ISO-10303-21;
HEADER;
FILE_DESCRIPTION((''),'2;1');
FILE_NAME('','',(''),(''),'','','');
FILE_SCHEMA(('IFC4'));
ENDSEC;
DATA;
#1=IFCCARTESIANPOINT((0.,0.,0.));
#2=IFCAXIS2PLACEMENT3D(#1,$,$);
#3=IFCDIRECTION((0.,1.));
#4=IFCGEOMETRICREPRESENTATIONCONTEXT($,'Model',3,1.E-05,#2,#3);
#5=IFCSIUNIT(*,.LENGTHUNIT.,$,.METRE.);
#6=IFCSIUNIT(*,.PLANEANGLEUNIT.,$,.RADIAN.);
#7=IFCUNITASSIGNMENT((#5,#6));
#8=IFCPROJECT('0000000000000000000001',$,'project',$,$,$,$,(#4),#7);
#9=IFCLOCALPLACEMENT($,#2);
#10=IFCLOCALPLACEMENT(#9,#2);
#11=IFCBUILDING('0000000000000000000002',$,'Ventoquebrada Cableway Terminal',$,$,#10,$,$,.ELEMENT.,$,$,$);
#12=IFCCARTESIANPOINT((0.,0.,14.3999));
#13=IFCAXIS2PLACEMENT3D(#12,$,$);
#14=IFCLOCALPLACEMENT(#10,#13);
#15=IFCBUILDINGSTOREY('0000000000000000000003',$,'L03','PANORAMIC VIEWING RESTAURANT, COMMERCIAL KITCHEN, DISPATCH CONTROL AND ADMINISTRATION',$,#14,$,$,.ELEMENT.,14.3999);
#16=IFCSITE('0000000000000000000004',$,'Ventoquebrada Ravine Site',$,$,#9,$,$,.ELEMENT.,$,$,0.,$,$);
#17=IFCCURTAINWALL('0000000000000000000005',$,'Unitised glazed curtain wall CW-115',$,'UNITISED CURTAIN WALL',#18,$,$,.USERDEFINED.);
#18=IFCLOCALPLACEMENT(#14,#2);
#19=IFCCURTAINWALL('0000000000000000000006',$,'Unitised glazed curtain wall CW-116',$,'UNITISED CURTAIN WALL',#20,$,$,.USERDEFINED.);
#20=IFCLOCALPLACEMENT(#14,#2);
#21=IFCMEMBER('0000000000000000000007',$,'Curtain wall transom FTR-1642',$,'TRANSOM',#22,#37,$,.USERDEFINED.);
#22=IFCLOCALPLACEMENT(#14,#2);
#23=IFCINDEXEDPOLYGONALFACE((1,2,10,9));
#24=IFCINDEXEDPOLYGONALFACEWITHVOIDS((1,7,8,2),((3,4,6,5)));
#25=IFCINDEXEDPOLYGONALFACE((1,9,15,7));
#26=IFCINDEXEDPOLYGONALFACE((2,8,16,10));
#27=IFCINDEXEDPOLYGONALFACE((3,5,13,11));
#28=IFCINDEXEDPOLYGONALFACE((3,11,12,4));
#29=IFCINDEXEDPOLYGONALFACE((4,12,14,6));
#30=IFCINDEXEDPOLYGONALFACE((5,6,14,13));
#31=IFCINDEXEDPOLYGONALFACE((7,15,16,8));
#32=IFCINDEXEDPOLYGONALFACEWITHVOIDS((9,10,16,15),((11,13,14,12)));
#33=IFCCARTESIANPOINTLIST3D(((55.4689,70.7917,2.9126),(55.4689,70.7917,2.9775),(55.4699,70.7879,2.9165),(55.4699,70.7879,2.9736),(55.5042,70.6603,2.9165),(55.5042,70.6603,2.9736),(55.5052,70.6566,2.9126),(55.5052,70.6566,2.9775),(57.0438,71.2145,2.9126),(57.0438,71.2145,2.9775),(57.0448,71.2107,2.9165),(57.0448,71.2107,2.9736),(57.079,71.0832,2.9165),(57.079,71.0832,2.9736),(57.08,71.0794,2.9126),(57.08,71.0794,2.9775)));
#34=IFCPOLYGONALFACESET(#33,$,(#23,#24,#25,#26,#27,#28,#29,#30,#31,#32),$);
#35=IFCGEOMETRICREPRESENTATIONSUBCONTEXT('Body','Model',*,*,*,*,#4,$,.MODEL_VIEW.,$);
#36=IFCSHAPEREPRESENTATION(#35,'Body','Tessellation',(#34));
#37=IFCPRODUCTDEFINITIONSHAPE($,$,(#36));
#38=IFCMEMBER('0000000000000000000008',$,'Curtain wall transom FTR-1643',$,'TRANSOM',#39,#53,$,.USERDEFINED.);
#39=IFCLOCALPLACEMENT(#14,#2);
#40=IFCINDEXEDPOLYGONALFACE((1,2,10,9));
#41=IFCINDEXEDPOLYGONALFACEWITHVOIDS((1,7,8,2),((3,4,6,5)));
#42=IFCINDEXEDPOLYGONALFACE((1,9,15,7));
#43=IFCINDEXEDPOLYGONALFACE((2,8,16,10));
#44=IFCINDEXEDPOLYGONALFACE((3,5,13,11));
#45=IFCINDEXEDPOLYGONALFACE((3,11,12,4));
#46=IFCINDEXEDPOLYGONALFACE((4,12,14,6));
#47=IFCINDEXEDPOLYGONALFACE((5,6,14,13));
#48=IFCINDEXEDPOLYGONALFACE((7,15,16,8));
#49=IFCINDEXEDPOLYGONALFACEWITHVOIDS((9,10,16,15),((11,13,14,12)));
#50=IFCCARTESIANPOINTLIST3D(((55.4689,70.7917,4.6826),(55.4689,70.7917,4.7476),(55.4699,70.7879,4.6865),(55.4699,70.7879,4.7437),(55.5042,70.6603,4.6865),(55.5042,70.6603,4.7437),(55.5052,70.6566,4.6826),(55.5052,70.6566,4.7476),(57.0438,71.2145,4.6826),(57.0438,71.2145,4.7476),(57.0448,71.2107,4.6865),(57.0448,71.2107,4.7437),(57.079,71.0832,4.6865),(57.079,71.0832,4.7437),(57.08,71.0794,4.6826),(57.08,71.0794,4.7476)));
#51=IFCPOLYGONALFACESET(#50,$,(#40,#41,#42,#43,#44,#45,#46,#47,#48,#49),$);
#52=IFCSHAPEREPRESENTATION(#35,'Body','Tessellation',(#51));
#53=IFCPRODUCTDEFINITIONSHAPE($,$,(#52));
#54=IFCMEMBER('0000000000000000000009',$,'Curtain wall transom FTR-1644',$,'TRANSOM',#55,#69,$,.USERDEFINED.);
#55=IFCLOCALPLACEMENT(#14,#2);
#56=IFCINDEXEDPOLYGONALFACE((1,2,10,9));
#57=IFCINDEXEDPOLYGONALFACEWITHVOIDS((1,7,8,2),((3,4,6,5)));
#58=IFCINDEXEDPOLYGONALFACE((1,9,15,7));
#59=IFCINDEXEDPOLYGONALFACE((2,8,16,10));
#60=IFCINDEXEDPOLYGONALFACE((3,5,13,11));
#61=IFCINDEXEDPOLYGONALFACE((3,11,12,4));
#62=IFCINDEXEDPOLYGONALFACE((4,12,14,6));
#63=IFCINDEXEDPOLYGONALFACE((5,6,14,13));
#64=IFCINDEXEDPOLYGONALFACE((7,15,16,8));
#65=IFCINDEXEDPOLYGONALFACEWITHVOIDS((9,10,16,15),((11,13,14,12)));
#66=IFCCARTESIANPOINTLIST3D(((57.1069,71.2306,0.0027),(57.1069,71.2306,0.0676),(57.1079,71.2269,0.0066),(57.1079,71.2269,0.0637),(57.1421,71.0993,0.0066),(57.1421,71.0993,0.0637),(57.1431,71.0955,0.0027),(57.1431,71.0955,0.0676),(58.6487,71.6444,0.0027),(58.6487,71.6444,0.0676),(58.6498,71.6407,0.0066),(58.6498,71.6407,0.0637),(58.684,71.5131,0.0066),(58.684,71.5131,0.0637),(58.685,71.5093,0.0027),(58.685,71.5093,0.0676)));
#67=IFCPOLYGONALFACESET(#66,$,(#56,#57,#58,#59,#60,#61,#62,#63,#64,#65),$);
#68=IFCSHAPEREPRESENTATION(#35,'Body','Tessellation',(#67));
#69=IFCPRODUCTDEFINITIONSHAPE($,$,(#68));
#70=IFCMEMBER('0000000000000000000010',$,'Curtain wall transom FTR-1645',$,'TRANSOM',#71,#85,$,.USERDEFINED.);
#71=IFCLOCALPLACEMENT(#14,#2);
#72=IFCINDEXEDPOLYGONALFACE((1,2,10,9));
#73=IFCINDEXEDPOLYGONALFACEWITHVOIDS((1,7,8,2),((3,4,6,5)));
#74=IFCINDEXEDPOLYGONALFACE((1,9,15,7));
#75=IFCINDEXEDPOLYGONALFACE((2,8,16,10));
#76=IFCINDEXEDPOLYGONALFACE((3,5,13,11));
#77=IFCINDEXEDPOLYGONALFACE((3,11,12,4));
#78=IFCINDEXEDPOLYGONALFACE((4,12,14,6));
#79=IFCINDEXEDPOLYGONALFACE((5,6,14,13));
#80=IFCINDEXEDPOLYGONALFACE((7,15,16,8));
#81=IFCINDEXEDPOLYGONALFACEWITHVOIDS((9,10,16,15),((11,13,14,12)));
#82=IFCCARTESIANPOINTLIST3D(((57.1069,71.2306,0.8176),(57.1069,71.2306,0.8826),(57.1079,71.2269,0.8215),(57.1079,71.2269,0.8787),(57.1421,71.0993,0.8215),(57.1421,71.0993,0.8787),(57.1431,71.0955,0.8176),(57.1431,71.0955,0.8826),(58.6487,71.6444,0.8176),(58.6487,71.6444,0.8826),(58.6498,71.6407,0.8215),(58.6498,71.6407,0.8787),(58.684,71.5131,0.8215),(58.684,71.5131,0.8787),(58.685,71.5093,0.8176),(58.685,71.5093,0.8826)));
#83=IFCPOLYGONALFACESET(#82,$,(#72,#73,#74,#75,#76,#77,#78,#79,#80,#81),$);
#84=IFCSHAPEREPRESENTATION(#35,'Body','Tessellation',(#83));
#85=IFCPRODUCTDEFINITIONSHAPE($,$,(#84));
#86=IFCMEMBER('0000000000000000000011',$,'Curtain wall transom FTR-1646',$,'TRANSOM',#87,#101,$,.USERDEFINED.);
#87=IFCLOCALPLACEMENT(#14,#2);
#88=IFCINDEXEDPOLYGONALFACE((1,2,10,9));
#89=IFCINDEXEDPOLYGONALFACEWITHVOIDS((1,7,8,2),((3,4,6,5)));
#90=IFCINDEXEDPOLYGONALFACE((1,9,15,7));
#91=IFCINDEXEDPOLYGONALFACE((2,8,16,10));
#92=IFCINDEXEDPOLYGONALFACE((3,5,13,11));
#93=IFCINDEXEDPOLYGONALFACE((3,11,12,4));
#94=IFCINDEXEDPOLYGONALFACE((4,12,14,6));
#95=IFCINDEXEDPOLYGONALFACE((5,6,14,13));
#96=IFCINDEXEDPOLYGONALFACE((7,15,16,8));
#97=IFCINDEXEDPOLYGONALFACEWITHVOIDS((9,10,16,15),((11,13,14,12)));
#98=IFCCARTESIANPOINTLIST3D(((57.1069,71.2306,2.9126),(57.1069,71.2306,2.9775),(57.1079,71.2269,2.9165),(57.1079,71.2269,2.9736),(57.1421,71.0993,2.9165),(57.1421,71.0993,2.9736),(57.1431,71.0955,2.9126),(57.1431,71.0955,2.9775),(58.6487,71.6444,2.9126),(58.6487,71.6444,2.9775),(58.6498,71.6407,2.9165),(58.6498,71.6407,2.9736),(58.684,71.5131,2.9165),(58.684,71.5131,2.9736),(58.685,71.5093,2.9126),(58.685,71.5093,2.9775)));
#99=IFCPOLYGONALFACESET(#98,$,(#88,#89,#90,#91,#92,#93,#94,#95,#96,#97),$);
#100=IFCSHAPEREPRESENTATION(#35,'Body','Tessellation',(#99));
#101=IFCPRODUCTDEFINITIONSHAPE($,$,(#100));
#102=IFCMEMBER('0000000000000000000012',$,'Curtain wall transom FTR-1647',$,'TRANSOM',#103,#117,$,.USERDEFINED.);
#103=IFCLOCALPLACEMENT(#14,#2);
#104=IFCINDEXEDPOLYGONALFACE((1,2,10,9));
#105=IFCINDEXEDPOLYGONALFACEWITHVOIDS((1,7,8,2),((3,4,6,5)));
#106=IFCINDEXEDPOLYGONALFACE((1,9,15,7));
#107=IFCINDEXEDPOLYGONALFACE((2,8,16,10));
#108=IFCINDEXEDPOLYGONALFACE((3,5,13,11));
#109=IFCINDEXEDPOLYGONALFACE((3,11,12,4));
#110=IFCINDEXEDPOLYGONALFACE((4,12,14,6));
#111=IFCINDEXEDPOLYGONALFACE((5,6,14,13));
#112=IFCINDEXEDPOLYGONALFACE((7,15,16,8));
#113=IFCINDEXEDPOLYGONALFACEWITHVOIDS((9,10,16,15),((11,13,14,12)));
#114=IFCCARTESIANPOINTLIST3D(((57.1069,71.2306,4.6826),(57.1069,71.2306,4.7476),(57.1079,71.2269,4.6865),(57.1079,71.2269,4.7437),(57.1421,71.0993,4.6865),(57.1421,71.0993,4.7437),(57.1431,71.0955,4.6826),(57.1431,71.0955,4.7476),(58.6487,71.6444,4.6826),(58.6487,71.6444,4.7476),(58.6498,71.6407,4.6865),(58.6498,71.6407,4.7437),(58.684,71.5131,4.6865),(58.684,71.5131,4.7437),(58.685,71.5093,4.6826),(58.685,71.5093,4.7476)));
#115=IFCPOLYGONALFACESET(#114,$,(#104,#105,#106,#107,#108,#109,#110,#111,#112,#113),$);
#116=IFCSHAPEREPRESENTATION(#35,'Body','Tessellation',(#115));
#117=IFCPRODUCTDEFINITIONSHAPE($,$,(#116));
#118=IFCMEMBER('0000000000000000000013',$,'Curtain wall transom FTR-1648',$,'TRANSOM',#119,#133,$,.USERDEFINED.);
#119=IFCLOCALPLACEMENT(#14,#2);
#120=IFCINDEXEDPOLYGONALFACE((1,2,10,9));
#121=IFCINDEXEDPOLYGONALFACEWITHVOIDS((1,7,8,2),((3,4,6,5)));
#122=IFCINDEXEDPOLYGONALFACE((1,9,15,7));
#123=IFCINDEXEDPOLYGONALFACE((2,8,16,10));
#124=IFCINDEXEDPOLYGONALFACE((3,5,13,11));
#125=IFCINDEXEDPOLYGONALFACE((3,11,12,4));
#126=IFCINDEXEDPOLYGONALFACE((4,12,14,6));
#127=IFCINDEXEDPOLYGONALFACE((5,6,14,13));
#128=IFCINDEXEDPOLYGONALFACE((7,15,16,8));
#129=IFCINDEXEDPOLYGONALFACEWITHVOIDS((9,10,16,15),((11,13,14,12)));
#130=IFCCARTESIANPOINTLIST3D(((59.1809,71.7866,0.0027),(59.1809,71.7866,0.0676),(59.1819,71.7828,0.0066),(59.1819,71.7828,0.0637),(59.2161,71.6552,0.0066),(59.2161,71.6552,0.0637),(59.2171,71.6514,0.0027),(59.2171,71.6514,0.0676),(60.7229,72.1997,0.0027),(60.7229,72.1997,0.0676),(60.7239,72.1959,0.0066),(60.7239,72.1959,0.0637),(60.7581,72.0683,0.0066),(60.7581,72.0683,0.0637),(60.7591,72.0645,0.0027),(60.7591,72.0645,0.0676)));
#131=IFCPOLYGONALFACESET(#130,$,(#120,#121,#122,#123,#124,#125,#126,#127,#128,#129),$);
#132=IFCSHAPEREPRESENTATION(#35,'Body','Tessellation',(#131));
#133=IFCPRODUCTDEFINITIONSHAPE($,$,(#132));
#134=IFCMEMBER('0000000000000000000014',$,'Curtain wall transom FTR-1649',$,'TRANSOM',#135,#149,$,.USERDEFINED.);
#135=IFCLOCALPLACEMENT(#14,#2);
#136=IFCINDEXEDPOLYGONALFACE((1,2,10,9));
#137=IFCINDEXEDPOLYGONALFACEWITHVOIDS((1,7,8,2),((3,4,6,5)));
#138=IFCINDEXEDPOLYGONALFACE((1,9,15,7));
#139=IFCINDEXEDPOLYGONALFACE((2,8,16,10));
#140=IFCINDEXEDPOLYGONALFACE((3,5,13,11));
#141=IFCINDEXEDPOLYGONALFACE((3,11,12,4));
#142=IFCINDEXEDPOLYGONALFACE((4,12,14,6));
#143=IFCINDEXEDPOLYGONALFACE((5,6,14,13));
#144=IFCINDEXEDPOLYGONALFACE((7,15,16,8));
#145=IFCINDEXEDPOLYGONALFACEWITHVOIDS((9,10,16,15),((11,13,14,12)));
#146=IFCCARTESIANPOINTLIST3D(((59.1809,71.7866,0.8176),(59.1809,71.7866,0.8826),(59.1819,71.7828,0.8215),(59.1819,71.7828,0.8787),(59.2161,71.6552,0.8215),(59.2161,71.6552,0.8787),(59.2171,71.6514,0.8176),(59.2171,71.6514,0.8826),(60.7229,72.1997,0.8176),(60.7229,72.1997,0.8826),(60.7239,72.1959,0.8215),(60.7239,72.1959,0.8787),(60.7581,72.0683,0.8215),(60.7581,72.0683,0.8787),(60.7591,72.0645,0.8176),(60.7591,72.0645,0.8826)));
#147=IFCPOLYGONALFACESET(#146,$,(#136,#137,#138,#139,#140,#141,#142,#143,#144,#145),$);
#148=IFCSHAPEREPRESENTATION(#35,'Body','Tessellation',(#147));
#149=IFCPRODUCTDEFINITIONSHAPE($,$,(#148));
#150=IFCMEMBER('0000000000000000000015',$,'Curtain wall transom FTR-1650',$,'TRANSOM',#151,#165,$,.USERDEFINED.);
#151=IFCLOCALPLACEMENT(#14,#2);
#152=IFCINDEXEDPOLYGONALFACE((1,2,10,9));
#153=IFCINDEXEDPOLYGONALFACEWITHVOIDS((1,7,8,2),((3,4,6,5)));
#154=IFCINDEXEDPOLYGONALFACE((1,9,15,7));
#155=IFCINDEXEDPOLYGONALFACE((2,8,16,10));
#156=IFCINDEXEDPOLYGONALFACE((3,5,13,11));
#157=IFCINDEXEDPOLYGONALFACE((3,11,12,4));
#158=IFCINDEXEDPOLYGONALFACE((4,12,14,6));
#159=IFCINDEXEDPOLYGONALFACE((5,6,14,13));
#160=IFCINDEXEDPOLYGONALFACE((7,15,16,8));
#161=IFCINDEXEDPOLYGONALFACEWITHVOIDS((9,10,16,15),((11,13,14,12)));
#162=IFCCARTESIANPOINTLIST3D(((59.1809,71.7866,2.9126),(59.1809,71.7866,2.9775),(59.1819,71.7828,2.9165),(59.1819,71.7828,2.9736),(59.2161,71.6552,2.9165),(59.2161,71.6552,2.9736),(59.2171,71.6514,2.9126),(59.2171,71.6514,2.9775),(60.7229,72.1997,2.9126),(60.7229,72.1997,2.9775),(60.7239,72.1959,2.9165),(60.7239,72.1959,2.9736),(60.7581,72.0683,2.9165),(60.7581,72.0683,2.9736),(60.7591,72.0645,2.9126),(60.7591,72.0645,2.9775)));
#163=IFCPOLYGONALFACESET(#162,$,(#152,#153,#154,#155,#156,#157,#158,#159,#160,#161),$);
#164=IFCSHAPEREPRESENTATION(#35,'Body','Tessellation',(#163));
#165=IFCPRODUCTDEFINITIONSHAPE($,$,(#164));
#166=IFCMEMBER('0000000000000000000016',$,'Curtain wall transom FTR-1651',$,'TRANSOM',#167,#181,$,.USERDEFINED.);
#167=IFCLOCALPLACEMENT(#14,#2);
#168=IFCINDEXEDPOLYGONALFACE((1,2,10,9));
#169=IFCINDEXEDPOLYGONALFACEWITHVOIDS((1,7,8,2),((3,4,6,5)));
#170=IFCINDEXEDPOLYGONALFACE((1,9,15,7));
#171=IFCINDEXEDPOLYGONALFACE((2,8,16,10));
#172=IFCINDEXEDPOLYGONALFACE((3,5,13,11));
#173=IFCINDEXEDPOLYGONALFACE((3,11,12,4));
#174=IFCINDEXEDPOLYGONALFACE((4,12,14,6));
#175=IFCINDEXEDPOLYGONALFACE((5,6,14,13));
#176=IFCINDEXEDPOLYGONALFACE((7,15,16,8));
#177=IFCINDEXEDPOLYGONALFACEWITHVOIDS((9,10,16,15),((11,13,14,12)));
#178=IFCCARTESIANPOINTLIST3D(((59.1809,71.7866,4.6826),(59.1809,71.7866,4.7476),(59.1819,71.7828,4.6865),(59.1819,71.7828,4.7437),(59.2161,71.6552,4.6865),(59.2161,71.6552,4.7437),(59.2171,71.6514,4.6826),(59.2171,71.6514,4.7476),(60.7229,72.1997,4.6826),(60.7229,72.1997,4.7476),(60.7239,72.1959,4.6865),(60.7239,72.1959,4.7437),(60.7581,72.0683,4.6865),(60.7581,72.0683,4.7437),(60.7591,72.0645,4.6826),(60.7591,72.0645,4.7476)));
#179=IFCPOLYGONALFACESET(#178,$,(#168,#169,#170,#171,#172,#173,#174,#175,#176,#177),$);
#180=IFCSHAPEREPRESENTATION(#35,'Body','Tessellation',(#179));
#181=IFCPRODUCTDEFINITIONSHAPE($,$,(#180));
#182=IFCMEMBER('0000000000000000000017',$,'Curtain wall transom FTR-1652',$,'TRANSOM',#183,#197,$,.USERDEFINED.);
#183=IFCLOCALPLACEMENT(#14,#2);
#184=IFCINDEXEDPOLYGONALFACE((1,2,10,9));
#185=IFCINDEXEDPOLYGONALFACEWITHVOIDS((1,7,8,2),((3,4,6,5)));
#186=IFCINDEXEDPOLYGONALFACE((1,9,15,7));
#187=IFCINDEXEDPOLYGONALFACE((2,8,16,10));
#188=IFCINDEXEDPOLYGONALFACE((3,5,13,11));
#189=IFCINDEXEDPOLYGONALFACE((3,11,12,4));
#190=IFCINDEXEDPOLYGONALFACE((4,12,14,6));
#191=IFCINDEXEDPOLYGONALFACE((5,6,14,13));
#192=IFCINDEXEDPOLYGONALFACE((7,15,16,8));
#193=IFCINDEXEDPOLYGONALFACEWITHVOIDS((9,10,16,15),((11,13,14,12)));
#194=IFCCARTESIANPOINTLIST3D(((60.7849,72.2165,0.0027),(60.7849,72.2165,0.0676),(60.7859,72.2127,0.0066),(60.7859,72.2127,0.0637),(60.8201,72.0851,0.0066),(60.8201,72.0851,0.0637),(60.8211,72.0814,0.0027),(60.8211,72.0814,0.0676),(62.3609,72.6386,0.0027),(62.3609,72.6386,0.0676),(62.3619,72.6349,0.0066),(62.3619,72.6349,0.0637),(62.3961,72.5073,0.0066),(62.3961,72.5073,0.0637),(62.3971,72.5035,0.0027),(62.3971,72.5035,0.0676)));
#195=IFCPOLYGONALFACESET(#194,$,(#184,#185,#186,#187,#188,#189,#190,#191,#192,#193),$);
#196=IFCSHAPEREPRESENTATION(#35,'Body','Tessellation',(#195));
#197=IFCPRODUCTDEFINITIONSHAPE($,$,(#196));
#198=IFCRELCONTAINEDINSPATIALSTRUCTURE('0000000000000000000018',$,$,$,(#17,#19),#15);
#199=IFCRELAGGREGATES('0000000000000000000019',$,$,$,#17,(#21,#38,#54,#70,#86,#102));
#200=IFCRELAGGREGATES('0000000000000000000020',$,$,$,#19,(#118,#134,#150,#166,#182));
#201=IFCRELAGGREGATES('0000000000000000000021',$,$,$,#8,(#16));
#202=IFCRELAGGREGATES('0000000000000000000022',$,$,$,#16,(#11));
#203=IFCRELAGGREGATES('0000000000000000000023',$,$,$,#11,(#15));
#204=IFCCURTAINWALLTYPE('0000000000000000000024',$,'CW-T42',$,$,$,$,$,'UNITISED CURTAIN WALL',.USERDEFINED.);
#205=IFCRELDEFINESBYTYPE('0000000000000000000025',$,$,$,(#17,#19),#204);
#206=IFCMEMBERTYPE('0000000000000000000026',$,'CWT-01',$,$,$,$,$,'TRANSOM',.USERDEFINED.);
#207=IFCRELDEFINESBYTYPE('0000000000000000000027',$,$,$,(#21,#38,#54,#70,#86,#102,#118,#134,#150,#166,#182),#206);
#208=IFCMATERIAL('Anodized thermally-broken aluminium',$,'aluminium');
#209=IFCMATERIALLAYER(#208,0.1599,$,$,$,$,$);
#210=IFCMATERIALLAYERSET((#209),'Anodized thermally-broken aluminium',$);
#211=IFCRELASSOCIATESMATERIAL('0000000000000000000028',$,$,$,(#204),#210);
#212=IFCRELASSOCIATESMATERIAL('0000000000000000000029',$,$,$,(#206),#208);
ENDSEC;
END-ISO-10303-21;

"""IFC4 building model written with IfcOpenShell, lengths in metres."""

from ifc_helpers import new_model, si_unit, direction, frame, origin, origin_2d, place, context, subcontext, project, spatial, hollow_rectangle, extrude, material, layer, layer_set, material_profile, profile_set, type_object, element, aggregate, save


model = new_model("IFC4")

# Units and contexts
model_context = context("Model", 3, precision=1e-05, world=origin(), true_north=direction((0.0, 1.0)))
body_context = subcontext(model_context, "Body", "Model", "MODEL_VIEW")
ifc_project = project(units=[si_unit("LENGTHUNIT", "METRE"), si_unit("PLANEANGLEUNIT", "RADIAN")], contexts=[model_context])

# Site, building, storey
site_placement = place(None, origin())
site = spatial("IfcSite", under=ifc_project, at=site_placement, Name="Ventoquebrada Ravine Site", CompositionType="ELEMENT", RefElevation=0.0)
building_placement = place(site_placement, origin())
building = spatial("IfcBuilding", under=site, at=building_placement, Name="Ventoquebrada Cableway Terminal", CompositionType="ELEMENT")
storey_placement = place(building_placement, frame((0.0, 0.0, 14.3999)))
storey = spatial("IfcBuildingStorey", under=building, at=storey_placement, Name="L03", Description="PANORAMIC VIEWING RESTAURANT, COMMERCIAL KITCHEN, DISPATCH CONTROL AND ADMINISTRATION", CompositionType="ELEMENT", Elevation=14.3999)

# Curtain walls
ifc_material_1 = material(Name="Anodized thermally-broken aluminium", Category="aluminium")
ifc_layer_1 = layer(ifc_material_1, 0.1599)
ifc_layer_set_1 = layer_set([ifc_layer_1], Name="Anodized thermally-broken aluminium")
curtain_wall_type = type_object("IfcCurtainWallType", Name="CW-T42", ElementType="UNITISED CURTAIN WALL", PredefinedType="USERDEFINED", material=ifc_layer_set_1)
curtain_wall_1_placement = place(storey_placement, origin())
curtain_wall_1 = element("IfcCurtainWall", 1, at=curtain_wall_1_placement, inside=storey, type_object=curtain_wall_type, Name="Unitised glazed curtain wall CW-115", ObjectType="UNITISED CURTAIN WALL", PredefinedType="USERDEFINED")
curtain_wall_2_placement = place(storey_placement, origin())
curtain_wall_2 = element("IfcCurtainWall", 2, at=curtain_wall_2_placement, inside=storey, type_object=curtain_wall_type, Name="Unitised glazed curtain wall CW-116", ObjectType="UNITISED CURTAIN WALL", PredefinedType="USERDEFINED")

# Members
ifc_material_profile_1 = material_profile(ifc_material_1, hollow_rectangle(XDim=0.0649, YDim=0.1399, WallThickness=0.0039, at=origin_2d()), Name="CW-TRN-65X140")
ifc_profile_set_1 = profile_set([ifc_material_profile_1], Name="Anodized thermally-broken aluminium")
member_type_1 = type_object("IfcMemberType", Name="CWT-01", ElementType="TRANSOM", PredefinedType="USERDEFINED", material=ifc_profile_set_1)
member_1_placement = place(storey_placement, frame((55.4871, 70.7241, 2.9451), z_axis=(0.965796, 0.259302, 0.0), x_axis=(0.0, 0.0, 1.0)))
member_1 = element("IfcMember", 3, at=member_1_placement, type_object=member_type_1, Name="Curtain wall transom FTR-1642", ObjectType="TRANSOM", PredefinedType="USERDEFINED", context=body_context, shape_type="SweptSolid", body=[
    extrude(hollow_rectangle(XDim=0.0649, YDim=0.1399, WallThickness=0.0039, at=origin_2d()), origin(), (0.0, 0.0, 1.0), 1.6306),
])
member_2_placement = place(storey_placement, frame((55.4871, 70.7241, 4.7151), z_axis=(0.965796, 0.259302, 0.0), x_axis=(0.0, 0.0, 1.0)))
member_2 = element("IfcMember", 4, at=member_2_placement, type_object=member_type_1, Name="Curtain wall transom FTR-1643", ObjectType="TRANSOM", PredefinedType="USERDEFINED", context=body_context, shape_type="SweptSolid", body=[
    extrude(hollow_rectangle(XDim=0.0649, YDim=0.1399, WallThickness=0.0039, at=origin_2d()), origin(), (0.0, 0.0, 1.0), 1.6306),
])
member_3_placement = place(storey_placement, frame((57.125, 71.1631, 0.0352), z_axis=(0.965825, 0.259195, 0.0), x_axis=(0.0, 0.0, 1.0)))
member_3 = element("IfcMember", 5, at=member_3_placement, type_object=member_type_1, Name="Curtain wall transom FTR-1644", ObjectType="TRANSOM", PredefinedType="USERDEFINED", context=body_context, shape_type="SweptSolid", body=[
    extrude(hollow_rectangle(XDim=0.0649, YDim=0.1399, WallThickness=0.0039, at=origin_2d()), origin(), (0.0, 0.0, 1.0), 1.5964),
])
member_4_placement = place(storey_placement, frame((57.125, 71.1631, 0.8501), z_axis=(0.965825, 0.259195, 0.0), x_axis=(0.0, 0.0, 1.0)))
member_4 = element("IfcMember", 6, at=member_4_placement, type_object=member_type_1, Name="Curtain wall transom FTR-1645", ObjectType="TRANSOM", PredefinedType="USERDEFINED", context=body_context, shape_type="SweptSolid", body=[
    extrude(hollow_rectangle(XDim=0.0649, YDim=0.1399, WallThickness=0.0039, at=origin_2d()), origin(), (0.0, 0.0, 1.0), 1.5964),
])
member_5_placement = place(storey_placement, frame((57.125, 71.1631, 2.9451), z_axis=(0.965825, 0.259195, 0.0), x_axis=(0.0, 0.0, 1.0)))
member_5 = element("IfcMember", 7, at=member_5_placement, type_object=member_type_1, Name="Curtain wall transom FTR-1646", ObjectType="TRANSOM", PredefinedType="USERDEFINED", context=body_context, shape_type="SweptSolid", body=[
    extrude(hollow_rectangle(XDim=0.0649, YDim=0.1399, WallThickness=0.0039, at=origin_2d()), origin(), (0.0, 0.0, 1.0), 1.5964),
])
member_6_placement = place(storey_placement, frame((57.125, 71.1631, 4.7151), z_axis=(0.965825, 0.259195, 0.0), x_axis=(0.0, 0.0, 1.0)))
member_6 = element("IfcMember", 8, at=member_6_placement, type_object=member_type_1, Name="Curtain wall transom FTR-1647", ObjectType="TRANSOM", PredefinedType="USERDEFINED", context=body_context, shape_type="SweptSolid", body=[
    extrude(hollow_rectangle(XDim=0.0649, YDim=0.1399, WallThickness=0.0039, at=origin_2d()), origin(), (0.0, 0.0, 1.0), 1.5964),
])
member_7_placement = place(storey_placement, frame((59.199, 71.719, 0.0352), z_axis=(0.96594, 0.258767, 0.0), x_axis=(0.0, 0.0, 1.0)))
member_7 = element("IfcMember", 9, at=member_7_placement, type_object=member_type_1, Name="Curtain wall transom FTR-1648", ObjectType="TRANSOM", PredefinedType="USERDEFINED", context=body_context, shape_type="SweptSolid", body=[
    extrude(hollow_rectangle(XDim=0.0649, YDim=0.1399, WallThickness=0.0039, at=origin_2d()), origin(), (0.0, 0.0, 1.0), 1.5964),
])
member_8_placement = place(storey_placement, frame((59.199, 71.719, 0.8501), z_axis=(0.96594, 0.258767, 0.0), x_axis=(0.0, 0.0, 1.0)))
member_8 = element("IfcMember", 10, at=member_8_placement, type_object=member_type_1, Name="Curtain wall transom FTR-1649", ObjectType="TRANSOM", PredefinedType="USERDEFINED", context=body_context, shape_type="SweptSolid", body=[
    extrude(hollow_rectangle(XDim=0.0649, YDim=0.1399, WallThickness=0.0039, at=origin_2d()), origin(), (0.0, 0.0, 1.0), 1.5964),
])
member_9_placement = place(storey_placement, frame((59.199, 71.719, 2.9451), z_axis=(0.96594, 0.258767, 0.0), x_axis=(0.0, 0.0, 1.0)))
member_9 = element("IfcMember", 11, at=member_9_placement, type_object=member_type_1, Name="Curtain wall transom FTR-1650", ObjectType="TRANSOM", PredefinedType="USERDEFINED", context=body_context, shape_type="SweptSolid", body=[
    extrude(hollow_rectangle(XDim=0.0649, YDim=0.1399, WallThickness=0.0039, at=origin_2d()), origin(), (0.0, 0.0, 1.0), 1.5964),
])
member_10_placement = place(storey_placement, frame((59.199, 71.719, 4.7151), z_axis=(0.96594, 0.258767, 0.0), x_axis=(0.0, 0.0, 1.0)))
member_10 = element("IfcMember", 12, at=member_10_placement, type_object=member_type_1, Name="Curtain wall transom FTR-1651", ObjectType="TRANSOM", PredefinedType="USERDEFINED", context=body_context, shape_type="SweptSolid", body=[
    extrude(hollow_rectangle(XDim=0.0649, YDim=0.1399, WallThickness=0.0039, at=origin_2d()), origin(), (0.0, 0.0, 1.0), 1.5964),
])
member_11_placement = place(storey_placement, frame((60.803, 72.1489, 0.0352), z_axis=(0.965949, 0.258734, 0.0), x_axis=(0.0, 0.0, 1.0)))
member_11 = element("IfcMember", 13, at=member_11_placement, type_object=member_type_1, Name="Curtain wall transom FTR-1652", ObjectType="TRANSOM", PredefinedType="USERDEFINED", context=body_context, shape_type="SweptSolid", body=[
    extrude(hollow_rectangle(XDim=0.0649, YDim=0.1399, WallThickness=0.0039, at=origin_2d()), origin(), (0.0, 0.0, 1.0), 1.6316),
])

aggregate(curtain_wall_1, [member_1, member_2, member_3, member_4, member_5, member_6])
aggregate(curtain_wall_2, [member_7, member_8, member_9, member_10, member_11])

save(model, "model.ifc")
